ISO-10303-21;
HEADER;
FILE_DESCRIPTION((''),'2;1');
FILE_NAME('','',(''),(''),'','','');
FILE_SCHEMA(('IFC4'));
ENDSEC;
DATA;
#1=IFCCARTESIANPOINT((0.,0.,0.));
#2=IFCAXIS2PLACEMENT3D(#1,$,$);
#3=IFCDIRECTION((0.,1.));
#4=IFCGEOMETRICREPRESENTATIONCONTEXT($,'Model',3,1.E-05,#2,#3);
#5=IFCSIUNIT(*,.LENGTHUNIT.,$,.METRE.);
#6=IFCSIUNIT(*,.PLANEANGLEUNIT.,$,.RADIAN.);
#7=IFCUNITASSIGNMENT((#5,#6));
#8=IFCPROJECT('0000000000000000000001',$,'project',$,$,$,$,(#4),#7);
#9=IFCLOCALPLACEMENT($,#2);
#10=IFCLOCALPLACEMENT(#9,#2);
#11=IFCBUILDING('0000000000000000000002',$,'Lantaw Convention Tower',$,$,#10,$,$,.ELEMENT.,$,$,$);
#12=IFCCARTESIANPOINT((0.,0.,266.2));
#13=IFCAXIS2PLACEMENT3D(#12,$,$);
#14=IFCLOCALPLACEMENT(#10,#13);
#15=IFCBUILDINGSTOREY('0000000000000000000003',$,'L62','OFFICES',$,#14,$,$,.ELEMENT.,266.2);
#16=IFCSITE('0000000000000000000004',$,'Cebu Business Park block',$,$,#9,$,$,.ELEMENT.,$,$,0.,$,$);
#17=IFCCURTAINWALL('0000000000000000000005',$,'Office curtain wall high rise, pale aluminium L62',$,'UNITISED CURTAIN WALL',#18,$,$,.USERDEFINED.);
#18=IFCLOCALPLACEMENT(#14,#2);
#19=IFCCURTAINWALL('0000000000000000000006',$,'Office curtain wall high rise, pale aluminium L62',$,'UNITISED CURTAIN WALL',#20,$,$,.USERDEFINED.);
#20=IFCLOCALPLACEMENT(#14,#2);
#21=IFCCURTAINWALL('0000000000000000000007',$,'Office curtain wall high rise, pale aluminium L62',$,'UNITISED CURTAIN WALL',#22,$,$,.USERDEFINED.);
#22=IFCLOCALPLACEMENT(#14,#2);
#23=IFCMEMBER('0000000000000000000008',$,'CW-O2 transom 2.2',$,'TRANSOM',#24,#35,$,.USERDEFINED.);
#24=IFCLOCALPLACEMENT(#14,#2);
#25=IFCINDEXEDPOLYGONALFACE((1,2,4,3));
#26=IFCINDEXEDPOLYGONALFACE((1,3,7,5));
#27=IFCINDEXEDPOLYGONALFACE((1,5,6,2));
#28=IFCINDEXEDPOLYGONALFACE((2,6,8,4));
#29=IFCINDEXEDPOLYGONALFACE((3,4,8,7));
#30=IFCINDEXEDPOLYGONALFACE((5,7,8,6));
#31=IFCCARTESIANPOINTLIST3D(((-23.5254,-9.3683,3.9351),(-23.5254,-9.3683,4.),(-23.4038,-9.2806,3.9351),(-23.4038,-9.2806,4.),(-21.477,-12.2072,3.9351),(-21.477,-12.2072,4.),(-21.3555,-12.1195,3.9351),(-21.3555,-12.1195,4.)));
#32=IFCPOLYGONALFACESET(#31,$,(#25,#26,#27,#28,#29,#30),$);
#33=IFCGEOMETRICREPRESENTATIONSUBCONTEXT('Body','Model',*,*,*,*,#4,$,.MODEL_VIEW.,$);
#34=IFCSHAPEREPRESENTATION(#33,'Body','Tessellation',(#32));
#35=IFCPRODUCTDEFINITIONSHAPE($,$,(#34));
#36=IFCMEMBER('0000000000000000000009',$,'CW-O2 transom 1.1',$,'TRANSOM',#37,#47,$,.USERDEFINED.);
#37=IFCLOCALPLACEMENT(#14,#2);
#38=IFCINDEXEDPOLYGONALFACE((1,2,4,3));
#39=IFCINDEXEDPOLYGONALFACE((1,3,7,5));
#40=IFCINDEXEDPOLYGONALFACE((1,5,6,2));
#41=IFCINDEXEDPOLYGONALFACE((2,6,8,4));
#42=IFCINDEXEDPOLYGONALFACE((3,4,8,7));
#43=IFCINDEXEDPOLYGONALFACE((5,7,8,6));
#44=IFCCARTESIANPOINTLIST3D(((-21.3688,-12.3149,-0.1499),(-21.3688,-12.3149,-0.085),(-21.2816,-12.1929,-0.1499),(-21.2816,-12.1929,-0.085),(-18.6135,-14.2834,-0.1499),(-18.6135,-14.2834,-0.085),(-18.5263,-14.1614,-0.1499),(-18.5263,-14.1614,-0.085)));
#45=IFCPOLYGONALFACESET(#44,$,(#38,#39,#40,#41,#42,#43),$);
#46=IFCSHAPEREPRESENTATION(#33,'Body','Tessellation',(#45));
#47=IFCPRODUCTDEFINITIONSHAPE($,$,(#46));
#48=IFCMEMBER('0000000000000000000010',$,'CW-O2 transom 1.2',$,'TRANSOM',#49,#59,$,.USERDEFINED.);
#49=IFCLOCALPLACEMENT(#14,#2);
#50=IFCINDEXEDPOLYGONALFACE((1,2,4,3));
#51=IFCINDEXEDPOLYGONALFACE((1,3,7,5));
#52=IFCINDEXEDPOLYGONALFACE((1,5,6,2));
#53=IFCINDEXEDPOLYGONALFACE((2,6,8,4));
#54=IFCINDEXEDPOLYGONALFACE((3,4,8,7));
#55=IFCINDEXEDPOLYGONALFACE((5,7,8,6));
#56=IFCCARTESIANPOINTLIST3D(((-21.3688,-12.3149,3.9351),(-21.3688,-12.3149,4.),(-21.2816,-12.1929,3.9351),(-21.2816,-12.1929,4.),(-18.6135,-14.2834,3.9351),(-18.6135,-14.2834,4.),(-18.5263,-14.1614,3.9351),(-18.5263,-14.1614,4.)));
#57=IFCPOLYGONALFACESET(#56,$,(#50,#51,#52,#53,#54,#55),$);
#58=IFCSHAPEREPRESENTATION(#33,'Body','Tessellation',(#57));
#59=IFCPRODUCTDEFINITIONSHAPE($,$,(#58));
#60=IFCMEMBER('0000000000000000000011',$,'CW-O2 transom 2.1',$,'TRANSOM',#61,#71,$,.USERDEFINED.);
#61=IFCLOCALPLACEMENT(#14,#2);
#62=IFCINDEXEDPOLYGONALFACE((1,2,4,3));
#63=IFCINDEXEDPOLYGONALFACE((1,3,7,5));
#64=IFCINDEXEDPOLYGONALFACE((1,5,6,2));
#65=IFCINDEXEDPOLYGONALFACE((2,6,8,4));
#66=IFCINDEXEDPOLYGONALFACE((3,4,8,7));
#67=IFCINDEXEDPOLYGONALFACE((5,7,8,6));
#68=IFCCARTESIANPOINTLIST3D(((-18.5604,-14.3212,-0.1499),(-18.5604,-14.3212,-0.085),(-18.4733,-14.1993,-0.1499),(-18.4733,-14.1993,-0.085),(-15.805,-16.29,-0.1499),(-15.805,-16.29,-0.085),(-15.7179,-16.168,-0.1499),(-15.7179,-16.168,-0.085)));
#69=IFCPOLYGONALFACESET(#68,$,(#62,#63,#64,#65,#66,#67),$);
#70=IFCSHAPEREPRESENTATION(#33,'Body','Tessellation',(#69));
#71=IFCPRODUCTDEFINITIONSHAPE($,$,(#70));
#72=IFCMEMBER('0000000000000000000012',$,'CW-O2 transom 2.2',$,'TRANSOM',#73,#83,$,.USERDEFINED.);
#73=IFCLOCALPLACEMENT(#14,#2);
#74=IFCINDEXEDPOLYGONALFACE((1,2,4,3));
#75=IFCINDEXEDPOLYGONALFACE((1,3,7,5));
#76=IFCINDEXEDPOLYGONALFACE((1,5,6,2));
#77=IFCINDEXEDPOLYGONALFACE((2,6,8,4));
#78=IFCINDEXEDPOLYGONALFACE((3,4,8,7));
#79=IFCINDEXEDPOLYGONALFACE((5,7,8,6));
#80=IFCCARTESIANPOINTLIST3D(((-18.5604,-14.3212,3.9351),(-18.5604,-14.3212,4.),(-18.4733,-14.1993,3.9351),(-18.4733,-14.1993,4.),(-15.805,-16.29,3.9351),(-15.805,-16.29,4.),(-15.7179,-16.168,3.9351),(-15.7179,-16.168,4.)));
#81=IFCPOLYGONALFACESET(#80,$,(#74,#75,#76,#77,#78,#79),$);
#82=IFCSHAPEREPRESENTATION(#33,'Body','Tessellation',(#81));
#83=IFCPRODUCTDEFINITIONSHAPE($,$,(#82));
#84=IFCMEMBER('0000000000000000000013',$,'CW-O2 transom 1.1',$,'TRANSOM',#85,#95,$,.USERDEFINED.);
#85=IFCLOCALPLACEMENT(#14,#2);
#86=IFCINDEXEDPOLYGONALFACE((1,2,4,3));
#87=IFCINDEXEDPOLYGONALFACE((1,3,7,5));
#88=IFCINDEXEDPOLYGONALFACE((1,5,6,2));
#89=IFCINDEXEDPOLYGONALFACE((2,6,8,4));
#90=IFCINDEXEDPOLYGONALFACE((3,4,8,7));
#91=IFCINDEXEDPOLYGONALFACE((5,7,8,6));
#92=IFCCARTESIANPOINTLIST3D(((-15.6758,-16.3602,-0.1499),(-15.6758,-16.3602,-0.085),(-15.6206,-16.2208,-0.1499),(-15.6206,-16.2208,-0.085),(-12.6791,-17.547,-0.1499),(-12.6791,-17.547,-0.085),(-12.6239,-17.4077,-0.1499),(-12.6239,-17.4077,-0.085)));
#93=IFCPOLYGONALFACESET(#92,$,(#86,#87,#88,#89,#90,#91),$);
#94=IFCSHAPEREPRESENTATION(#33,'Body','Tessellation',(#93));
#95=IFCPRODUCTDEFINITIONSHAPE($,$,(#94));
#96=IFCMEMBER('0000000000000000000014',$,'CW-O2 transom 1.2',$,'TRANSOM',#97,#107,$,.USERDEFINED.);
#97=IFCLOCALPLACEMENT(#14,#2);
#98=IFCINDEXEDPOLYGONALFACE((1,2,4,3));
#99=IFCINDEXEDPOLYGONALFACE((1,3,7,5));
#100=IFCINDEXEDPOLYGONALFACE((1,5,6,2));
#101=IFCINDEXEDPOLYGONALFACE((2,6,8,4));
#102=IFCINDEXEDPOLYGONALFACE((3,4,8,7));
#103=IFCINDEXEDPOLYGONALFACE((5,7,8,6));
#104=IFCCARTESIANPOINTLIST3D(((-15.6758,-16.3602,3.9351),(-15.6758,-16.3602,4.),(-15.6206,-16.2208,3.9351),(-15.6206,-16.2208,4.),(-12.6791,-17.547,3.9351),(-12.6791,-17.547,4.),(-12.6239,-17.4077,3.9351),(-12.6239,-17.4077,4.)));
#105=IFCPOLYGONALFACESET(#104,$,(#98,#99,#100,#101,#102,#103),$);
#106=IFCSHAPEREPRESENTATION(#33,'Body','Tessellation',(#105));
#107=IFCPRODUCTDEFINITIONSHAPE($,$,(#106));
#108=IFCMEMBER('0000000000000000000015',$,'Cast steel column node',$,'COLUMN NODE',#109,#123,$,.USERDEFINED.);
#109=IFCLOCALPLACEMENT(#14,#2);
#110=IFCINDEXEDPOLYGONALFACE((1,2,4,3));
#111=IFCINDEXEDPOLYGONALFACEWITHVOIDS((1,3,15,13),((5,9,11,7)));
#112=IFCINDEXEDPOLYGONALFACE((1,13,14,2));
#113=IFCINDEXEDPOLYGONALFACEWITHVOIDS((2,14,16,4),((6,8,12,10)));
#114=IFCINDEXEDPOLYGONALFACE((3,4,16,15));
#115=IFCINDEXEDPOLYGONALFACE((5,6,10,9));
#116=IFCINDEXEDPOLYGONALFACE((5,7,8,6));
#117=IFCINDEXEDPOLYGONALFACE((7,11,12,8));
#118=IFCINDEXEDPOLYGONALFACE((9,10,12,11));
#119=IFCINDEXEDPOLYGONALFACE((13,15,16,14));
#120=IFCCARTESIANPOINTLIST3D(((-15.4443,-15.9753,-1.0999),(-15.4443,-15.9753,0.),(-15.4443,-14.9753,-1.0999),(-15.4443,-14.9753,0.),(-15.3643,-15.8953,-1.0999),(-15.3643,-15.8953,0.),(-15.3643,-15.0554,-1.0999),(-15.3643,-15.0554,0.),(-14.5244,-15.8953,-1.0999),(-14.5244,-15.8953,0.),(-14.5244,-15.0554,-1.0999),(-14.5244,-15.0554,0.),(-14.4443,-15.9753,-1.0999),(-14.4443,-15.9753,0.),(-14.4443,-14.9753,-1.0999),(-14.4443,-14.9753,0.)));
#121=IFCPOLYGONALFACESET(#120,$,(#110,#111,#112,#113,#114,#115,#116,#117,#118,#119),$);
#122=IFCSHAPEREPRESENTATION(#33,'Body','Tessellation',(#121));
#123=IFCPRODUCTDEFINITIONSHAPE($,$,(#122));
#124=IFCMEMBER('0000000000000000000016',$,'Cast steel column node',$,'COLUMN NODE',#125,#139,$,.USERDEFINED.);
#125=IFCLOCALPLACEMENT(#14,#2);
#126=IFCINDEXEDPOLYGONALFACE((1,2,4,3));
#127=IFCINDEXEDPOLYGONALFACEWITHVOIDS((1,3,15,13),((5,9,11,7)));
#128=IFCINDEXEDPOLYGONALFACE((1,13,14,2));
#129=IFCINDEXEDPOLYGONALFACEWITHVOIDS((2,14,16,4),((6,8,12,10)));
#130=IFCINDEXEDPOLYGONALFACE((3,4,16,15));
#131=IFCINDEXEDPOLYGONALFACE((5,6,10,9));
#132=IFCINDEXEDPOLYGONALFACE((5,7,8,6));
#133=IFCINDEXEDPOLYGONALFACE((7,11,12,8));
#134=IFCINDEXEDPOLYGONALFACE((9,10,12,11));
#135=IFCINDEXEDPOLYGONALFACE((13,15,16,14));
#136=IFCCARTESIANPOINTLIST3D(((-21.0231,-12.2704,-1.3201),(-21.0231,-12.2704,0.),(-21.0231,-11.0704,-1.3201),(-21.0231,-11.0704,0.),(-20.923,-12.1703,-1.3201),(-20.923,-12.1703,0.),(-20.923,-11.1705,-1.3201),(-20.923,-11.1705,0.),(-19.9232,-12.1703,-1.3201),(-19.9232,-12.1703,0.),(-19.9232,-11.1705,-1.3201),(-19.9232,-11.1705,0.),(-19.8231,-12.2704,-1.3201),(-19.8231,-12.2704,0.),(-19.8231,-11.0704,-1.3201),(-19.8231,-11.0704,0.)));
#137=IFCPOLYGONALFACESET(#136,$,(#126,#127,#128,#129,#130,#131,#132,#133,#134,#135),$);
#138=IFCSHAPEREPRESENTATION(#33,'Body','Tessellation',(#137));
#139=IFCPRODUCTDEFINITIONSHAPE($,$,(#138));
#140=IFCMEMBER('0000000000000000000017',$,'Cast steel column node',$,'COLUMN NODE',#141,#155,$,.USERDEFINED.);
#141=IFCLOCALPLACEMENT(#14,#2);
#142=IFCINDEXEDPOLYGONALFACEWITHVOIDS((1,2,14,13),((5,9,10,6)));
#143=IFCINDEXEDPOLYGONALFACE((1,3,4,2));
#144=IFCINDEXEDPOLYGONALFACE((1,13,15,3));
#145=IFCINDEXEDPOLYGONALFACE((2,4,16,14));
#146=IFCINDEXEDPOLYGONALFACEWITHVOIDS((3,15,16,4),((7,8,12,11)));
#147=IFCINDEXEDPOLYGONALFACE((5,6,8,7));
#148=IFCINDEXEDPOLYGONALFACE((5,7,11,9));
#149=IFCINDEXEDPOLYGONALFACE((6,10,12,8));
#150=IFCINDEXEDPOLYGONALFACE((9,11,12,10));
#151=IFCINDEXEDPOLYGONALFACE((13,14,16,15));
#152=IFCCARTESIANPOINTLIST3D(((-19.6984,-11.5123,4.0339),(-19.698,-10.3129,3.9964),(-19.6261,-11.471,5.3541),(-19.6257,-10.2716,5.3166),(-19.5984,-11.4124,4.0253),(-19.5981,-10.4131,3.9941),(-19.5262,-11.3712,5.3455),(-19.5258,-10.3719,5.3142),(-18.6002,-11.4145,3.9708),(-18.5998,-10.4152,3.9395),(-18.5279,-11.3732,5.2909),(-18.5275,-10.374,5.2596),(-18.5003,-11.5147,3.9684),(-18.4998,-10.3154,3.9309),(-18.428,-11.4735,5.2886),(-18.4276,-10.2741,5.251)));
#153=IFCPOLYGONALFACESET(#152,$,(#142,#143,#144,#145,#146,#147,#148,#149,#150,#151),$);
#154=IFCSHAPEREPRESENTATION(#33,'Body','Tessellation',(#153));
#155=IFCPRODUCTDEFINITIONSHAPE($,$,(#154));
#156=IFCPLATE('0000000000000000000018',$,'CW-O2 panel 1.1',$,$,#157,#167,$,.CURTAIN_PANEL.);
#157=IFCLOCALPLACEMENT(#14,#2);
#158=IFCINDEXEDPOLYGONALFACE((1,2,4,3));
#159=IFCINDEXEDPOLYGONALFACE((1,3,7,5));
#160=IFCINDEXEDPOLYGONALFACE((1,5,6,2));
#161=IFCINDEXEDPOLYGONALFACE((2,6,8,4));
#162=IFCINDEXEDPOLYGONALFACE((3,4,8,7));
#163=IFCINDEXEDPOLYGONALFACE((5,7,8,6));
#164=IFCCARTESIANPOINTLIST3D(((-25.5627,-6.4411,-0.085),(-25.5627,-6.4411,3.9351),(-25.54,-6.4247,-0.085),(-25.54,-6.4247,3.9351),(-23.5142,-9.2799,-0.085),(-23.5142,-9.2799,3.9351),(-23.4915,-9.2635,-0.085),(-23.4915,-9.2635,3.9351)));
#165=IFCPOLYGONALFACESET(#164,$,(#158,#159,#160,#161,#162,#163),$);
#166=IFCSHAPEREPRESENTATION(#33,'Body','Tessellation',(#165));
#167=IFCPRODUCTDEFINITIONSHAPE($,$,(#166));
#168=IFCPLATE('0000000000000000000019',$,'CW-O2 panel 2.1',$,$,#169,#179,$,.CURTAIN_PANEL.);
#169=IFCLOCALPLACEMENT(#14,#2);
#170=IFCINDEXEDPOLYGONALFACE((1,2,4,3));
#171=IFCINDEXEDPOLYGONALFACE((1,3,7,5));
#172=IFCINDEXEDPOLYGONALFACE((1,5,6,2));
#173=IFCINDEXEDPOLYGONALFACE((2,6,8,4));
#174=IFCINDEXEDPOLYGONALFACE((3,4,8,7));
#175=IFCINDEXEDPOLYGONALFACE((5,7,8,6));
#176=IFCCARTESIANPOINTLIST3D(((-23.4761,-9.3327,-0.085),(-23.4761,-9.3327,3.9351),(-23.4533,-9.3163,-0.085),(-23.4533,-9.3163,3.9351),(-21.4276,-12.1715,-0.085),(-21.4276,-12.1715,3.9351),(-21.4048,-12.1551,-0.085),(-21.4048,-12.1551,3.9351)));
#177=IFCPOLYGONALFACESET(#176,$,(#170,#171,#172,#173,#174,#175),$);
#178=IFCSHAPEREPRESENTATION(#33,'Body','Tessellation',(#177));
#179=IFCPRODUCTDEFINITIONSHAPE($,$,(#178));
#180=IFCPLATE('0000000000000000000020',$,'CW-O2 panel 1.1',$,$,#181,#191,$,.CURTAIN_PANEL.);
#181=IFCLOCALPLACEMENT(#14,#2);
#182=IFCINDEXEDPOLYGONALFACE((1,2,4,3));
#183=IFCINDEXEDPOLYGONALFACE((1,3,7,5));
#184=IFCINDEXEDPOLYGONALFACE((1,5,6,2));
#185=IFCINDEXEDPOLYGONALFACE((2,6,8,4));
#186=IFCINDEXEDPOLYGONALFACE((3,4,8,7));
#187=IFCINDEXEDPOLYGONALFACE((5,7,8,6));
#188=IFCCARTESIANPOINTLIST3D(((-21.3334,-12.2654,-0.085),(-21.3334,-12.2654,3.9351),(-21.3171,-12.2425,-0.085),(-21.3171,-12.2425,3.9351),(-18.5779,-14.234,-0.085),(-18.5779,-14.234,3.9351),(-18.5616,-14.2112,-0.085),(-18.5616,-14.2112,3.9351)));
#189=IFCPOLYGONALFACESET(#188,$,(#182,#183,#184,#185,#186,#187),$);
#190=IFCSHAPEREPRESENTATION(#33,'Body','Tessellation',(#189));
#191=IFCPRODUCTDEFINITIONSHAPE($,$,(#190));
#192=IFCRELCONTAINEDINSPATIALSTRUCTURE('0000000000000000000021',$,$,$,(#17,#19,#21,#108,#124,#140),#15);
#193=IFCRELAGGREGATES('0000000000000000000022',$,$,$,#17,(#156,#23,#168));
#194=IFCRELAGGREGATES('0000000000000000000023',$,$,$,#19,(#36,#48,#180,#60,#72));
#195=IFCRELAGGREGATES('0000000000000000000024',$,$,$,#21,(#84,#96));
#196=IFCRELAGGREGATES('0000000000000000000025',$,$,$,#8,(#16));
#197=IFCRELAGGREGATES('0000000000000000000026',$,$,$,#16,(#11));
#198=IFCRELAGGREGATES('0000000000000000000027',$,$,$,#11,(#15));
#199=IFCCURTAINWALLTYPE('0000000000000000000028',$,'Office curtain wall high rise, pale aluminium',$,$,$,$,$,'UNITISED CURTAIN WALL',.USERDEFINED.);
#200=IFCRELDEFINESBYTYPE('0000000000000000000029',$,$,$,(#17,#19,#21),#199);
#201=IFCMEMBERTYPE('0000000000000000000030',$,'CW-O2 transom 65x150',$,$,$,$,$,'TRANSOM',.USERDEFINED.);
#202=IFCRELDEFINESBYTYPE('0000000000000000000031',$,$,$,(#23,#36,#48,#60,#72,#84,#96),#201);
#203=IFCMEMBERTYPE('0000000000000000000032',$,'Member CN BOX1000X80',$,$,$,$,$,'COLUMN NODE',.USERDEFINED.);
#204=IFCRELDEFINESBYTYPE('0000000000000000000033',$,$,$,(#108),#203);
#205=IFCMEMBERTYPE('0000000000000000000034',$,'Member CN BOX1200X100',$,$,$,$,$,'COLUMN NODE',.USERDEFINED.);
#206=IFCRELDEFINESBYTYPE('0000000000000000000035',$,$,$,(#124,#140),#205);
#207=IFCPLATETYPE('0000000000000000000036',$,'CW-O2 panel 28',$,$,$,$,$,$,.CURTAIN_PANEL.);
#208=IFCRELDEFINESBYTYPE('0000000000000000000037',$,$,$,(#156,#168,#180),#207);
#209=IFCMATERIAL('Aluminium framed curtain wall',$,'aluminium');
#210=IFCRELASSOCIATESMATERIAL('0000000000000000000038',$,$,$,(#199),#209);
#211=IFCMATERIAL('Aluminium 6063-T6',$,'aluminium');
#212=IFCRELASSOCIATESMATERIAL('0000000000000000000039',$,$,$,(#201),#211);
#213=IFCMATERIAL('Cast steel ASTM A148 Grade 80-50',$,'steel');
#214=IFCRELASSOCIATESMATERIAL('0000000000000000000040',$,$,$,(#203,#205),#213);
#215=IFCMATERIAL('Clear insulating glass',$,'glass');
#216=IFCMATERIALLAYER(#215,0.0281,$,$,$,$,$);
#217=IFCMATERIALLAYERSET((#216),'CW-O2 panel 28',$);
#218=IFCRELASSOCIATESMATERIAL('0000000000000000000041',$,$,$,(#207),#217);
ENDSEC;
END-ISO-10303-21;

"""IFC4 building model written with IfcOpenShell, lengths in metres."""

from ifc_helpers import new_model, si_unit, direction, frame, origin, origin_2d, place, context, subcontext, project, spatial, rectangle, hollow_rectangle, extrude, material, layer, layer_set, material_profile, profile_set, type_object, element, aggregate, save


model = new_model("IFC4")

# Units and contexts
model_context = context("Model", 3, precision=1e-05, world=origin(), true_north=direction((0.0, 1.0)))
body_context = subcontext(model_context, "Body", "Model", "MODEL_VIEW")
ifc_project = project(units=[si_unit("LENGTHUNIT", "METRE"), si_unit("PLANEANGLEUNIT", "RADIAN")], contexts=[model_context])

# Site, building, storey
site_placement = place(None, origin())
site = spatial("IfcSite", under=ifc_project, at=site_placement, Name="Cebu Business Park block", CompositionType="ELEMENT", RefElevation=0.0)
building_placement = place(site_placement, origin())
building = spatial("IfcBuilding", under=site, at=building_placement, Name="Lantaw Convention Tower", CompositionType="ELEMENT")
storey_placement = place(building_placement, frame((0.0, 0.0, 266.2)))
storey = spatial("IfcBuildingStorey", under=building, at=storey_placement, Name="L62", Description="OFFICES", CompositionType="ELEMENT", Elevation=266.2)

# Curtain walls
ifc_material_1 = material(Name="Aluminium framed curtain wall", Category="aluminium")
curtain_wall_type = type_object("IfcCurtainWallType", Name="Office curtain wall high rise, pale aluminium", ElementType="UNITISED CURTAIN WALL", PredefinedType="USERDEFINED", material=ifc_material_1)
curtain_wall_1_placement = place(storey_placement, origin())
curtain_wall_1 = element("IfcCurtainWall", 1, at=curtain_wall_1_placement, inside=storey, type_object=curtain_wall_type, Name="Office curtain wall high rise, pale aluminium L62", ObjectType="UNITISED CURTAIN WALL", PredefinedType="USERDEFINED")
ifc_material_2 = material(Name="Aluminium 6063-T6", Category="aluminium")
curtain_wall_2_placement = place(storey_placement, origin())
curtain_wall_2 = element("IfcCurtainWall", 2, at=curtain_wall_2_placement, inside=storey, type_object=curtain_wall_type, Name="Office curtain wall high rise, pale aluminium L62", ObjectType="UNITISED CURTAIN WALL", PredefinedType="USERDEFINED")

# Curtain wall
curtain_wall_3_placement = place(storey_placement, origin())
curtain_wall_3 = element("IfcCurtainWall", 3, at=curtain_wall_3_placement, inside=storey, type_object=curtain_wall_type, Name="Office curtain wall high rise, pale aluminium L62", ObjectType="UNITISED CURTAIN WALL", PredefinedType="USERDEFINED")

# Members
ifc_material_profile_1 = material_profile(ifc_material_2, rectangle(XDim=0.1499, YDim=0.0649, at=origin_2d()), Name="CW-O2 transom 65x150")
ifc_profile_set_1 = profile_set([ifc_material_profile_1], Name="Aluminium 6063-T6")
member_type_1 = type_object("IfcMemberType", Name="CW-O2 transom 65x150", ElementType="TRANSOM", PredefinedType="USERDEFINED", material=ifc_profile_set_1)
member_1_placement = place(storey_placement, frame((-23.4646, -9.3245, 3.9675), z_axis=(0.585124, -0.810944, 0.0), x_axis=(0.810944, 0.585124, 0.0)))
member_1 = element("IfcMember", 4, at=member_1_placement, type_object=member_type_1, Name="CW-O2 transom 2.2", ObjectType="TRANSOM", PredefinedType="USERDEFINED", context=body_context, shape_type="SweptSolid", body=[
    extrude(rectangle(XDim=0.1499, YDim=0.0649, at=origin_2d()), origin(), (0.0, 0.0, 1.0), 3.5007),
])
member_2_placement = place(storey_placement, frame((-21.3252, -12.2539, -0.1174), z_axis=(0.81368, -0.581313, 0.0), x_axis=(0.581313, 0.81368, 0.0)))
member_2 = element("IfcMember", 5, at=member_2_placement, type_object=member_type_1, Name="CW-O2 transom 1.1", ObjectType="TRANSOM", PredefinedType="USERDEFINED", context=body_context, shape_type="SweptSolid", body=[
    extrude(rectangle(XDim=0.1499, YDim=0.0649, at=origin_2d()), origin(), (0.0, 0.0, 1.0), 3.3862),
])
member_3_placement = place(storey_placement, frame((-21.3252, -12.2539, 3.9675), z_axis=(0.81368, -0.581313, 0.0), x_axis=(0.581313, 0.81368, 0.0)))
member_3 = element("IfcMember", 6, at=member_3_placement, type_object=member_type_1, Name="CW-O2 transom 1.2", ObjectType="TRANSOM", PredefinedType="USERDEFINED", context=body_context, shape_type="SweptSolid", body=[
    extrude(rectangle(XDim=0.1499, YDim=0.0649, at=origin_2d()), origin(), (0.0, 0.0, 1.0), 3.3862),
])
member_4_placement = place(storey_placement, frame((-18.5168, -14.2603, -0.1174), z_axis=(0.813646, -0.581361, 0.0), x_axis=(0.581361, 0.813646, 0.0)))
member_4 = element("IfcMember", 7, at=member_4_placement, type_object=member_type_1, Name="CW-O2 transom 2.1", ObjectType="TRANSOM", PredefinedType="USERDEFINED", context=body_context, shape_type="SweptSolid", body=[
    extrude(rectangle(XDim=0.1499, YDim=0.0649, at=origin_2d()), origin(), (0.0, 0.0, 1.0), 3.3865),
])
member_5_placement = place(storey_placement, frame((-18.5168, -14.2603, 3.9675), z_axis=(0.813646, -0.581361, 0.0), x_axis=(0.581361, 0.813646, 0.0)))
member_5 = element("IfcMember", 8, at=member_5_placement, type_object=member_type_1, Name="CW-O2 transom 2.2", ObjectType="TRANSOM", PredefinedType="USERDEFINED", context=body_context, shape_type="SweptSolid", body=[
    extrude(rectangle(XDim=0.1499, YDim=0.0649, at=origin_2d()), origin(), (0.0, 0.0, 1.0), 3.3865),
])
member_6_placement = place(storey_placement, frame((-15.6482, -16.2905, -0.1174), z_axis=(0.929741, -0.368215, 0.0), x_axis=(0.368215, 0.929741, 0.0)))
member_6 = element("IfcMember", 9, at=member_6_placement, type_object=member_type_1, Name="CW-O2 transom 1.1", ObjectType="TRANSOM", PredefinedType="USERDEFINED", context=body_context, shape_type="SweptSolid", body=[
    extrude(rectangle(XDim=0.1499, YDim=0.0649, at=origin_2d()), origin(), (0.0, 0.0, 1.0), 3.2231),
])
member_7_placement = place(storey_placement, frame((-15.6482, -16.2905, 3.9675), z_axis=(0.929741, -0.368215, 0.0), x_axis=(0.368215, 0.929741, 0.0)))
member_7 = element("IfcMember", 10, at=member_7_placement, type_object=member_type_1, Name="CW-O2 transom 1.2", ObjectType="TRANSOM", PredefinedType="USERDEFINED", context=body_context, shape_type="SweptSolid", body=[
    extrude(rectangle(XDim=0.1499, YDim=0.0649, at=origin_2d()), origin(), (0.0, 0.0, 1.0), 3.2231),
])

# Members
ifc_material_3 = material(Name="Cast steel ASTM A148 Grade 80-50", Category="steel")
ifc_material_profile_2 = material_profile(ifc_material_3, hollow_rectangle(XDim=1.0, YDim=1.0, WallThickness=0.0801, at=origin_2d()), Name="BOX1000X80")
ifc_profile_set_2 = profile_set([ifc_material_profile_2], Name="Cast steel ASTM A148 Grade 80-50")
member_type_2 = type_object("IfcMemberType", Name="Member CN BOX1000X80", ElementType="COLUMN NODE", PredefinedType="USERDEFINED", material=ifc_profile_set_2)
member_8_placement = place(storey_placement, frame((-14.9443, -15.4753, -1.0999), z_axis=(0.0, 0.0, 1.0), x_axis=(1.0, 0.0, 0.0)))
element("IfcMember", 11, at=member_8_placement, inside=storey, type_object=member_type_2, Name="Cast steel column node", ObjectType="COLUMN NODE", PredefinedType="USERDEFINED", context=body_context, shape_type="SweptSolid", body=[
    extrude(hollow_rectangle(XDim=1.0, YDim=1.0, WallThickness=0.0801, at=origin_2d()), origin(), (0.0, 0.0, 1.0), 1.0999),
])
ifc_material_profile_3 = material_profile(ifc_material_3, hollow_rectangle(XDim=1.2, YDim=1.2, WallThickness=0.1001, at=origin_2d()), Name="BOX1200X100")
ifc_profile_set_3 = profile_set([ifc_material_profile_3], Name="Cast steel ASTM A148 Grade 80-50")
member_type_3 = type_object("IfcMemberType", Name="Member CN BOX1200X100", ElementType="COLUMN NODE", PredefinedType="USERDEFINED", material=ifc_profile_set_3)
member_9_placement = place(storey_placement, frame((-20.4231, -11.6704, -1.3201), z_axis=(0.0, 0.0, 1.0), x_axis=(1.0, 0.0, 0.0)))
element("IfcMember", 12, at=member_9_placement, inside=storey, type_object=member_type_3, Name="Cast steel column node", ObjectType="COLUMN NODE", PredefinedType="USERDEFINED", context=body_context, shape_type="SweptSolid", body=[
    extrude(hollow_rectangle(XDim=1.2, YDim=1.2, WallThickness=0.1001, at=origin_2d()), origin(), (0.0, 0.0, 1.0), 1.3201),
])
member_10_placement = place(storey_placement, frame((-19.0991, -10.9138, 3.9824), z_axis=(0.054635, 0.031194, 0.998019), x_axis=(0.998506, -0.002071, -0.054597)))
element("IfcMember", 13, at=member_10_placement, inside=storey, type_object=member_type_3, Name="Cast steel column node", ObjectType="COLUMN NODE", PredefinedType="USERDEFINED", context=body_context, shape_type="SweptSolid", body=[
    extrude(hollow_rectangle(XDim=1.2, YDim=1.2, WallThickness=0.1001, at=origin_2d()), origin(), (0.0, 0.0, 1.0), 1.3228),
])

# Plates
ifc_material_4 = material(Name="Clear insulating glass", Category="glass")
ifc_layer_1 = layer(ifc_material_4, 0.0281)
ifc_layer_set_1 = layer_set([ifc_layer_1], Name="CW-O2 panel 28")
plate_type_1 = type_object("IfcPlateType", Name="CW-O2 panel 28", PredefinedType="CURTAIN_PANEL", material=ifc_layer_set_1)
plate_1_placement = place(storey_placement, frame((-24.5271, -7.8523, -0.085), z_axis=(0.0, 0.0, 1.0), x_axis=(0.585158, -0.81092, 0.0)))
plate_1 = element("IfcPlate", 14, at=plate_1_placement, type_object=plate_type_1, Name="CW-O2 panel 1.1", PredefinedType="CURTAIN_PANEL", context=body_context, shape_type="SweptSolid", body=[
    extrude(rectangle(XDim=3.5007, YDim=0.0281, at=origin_2d()), origin(), (0.0, 0.0, 1.0), 4.02),
])
plate_2_placement = place(storey_placement, frame((-22.4404, -10.7439, -0.085), z_axis=(0.0, 0.0, 1.0), x_axis=(0.585158, -0.81092, 0.0)))
plate_2 = element("IfcPlate", 15, at=plate_2_placement, type_object=plate_type_1, Name="CW-O2 panel 2.1", PredefinedType="CURTAIN_PANEL", context=body_context, shape_type="SweptSolid", body=[
    extrude(rectangle(XDim=3.5007, YDim=0.0281, at=origin_2d()), origin(), (0.0, 0.0, 1.0), 4.02),
])
aggregate(curtain_wall_1, [plate_1, member_1, plate_2])
plate_3_placement = place(storey_placement, frame((-19.9475, -13.2383, -0.085), z_axis=(0.0, 0.0, 1.0), x_axis=(0.813673, -0.581323, 0.0)))
plate_3 = element("IfcPlate", 16, at=plate_3_placement, type_object=plate_type_1, Name="CW-O2 panel 1.1", PredefinedType="CURTAIN_PANEL", context=body_context, shape_type="SweptSolid", body=[
    extrude(rectangle(XDim=3.3865, YDim=0.0281, at=origin_2d()), origin(), (0.0, 0.0, 1.0), 4.02),
])
aggregate(curtain_wall_2, [member_2, member_3, plate_3, member_4, member_5])
aggregate(curtain_wall_3, [member_6, member_7])

save(model, "model.ifc")
